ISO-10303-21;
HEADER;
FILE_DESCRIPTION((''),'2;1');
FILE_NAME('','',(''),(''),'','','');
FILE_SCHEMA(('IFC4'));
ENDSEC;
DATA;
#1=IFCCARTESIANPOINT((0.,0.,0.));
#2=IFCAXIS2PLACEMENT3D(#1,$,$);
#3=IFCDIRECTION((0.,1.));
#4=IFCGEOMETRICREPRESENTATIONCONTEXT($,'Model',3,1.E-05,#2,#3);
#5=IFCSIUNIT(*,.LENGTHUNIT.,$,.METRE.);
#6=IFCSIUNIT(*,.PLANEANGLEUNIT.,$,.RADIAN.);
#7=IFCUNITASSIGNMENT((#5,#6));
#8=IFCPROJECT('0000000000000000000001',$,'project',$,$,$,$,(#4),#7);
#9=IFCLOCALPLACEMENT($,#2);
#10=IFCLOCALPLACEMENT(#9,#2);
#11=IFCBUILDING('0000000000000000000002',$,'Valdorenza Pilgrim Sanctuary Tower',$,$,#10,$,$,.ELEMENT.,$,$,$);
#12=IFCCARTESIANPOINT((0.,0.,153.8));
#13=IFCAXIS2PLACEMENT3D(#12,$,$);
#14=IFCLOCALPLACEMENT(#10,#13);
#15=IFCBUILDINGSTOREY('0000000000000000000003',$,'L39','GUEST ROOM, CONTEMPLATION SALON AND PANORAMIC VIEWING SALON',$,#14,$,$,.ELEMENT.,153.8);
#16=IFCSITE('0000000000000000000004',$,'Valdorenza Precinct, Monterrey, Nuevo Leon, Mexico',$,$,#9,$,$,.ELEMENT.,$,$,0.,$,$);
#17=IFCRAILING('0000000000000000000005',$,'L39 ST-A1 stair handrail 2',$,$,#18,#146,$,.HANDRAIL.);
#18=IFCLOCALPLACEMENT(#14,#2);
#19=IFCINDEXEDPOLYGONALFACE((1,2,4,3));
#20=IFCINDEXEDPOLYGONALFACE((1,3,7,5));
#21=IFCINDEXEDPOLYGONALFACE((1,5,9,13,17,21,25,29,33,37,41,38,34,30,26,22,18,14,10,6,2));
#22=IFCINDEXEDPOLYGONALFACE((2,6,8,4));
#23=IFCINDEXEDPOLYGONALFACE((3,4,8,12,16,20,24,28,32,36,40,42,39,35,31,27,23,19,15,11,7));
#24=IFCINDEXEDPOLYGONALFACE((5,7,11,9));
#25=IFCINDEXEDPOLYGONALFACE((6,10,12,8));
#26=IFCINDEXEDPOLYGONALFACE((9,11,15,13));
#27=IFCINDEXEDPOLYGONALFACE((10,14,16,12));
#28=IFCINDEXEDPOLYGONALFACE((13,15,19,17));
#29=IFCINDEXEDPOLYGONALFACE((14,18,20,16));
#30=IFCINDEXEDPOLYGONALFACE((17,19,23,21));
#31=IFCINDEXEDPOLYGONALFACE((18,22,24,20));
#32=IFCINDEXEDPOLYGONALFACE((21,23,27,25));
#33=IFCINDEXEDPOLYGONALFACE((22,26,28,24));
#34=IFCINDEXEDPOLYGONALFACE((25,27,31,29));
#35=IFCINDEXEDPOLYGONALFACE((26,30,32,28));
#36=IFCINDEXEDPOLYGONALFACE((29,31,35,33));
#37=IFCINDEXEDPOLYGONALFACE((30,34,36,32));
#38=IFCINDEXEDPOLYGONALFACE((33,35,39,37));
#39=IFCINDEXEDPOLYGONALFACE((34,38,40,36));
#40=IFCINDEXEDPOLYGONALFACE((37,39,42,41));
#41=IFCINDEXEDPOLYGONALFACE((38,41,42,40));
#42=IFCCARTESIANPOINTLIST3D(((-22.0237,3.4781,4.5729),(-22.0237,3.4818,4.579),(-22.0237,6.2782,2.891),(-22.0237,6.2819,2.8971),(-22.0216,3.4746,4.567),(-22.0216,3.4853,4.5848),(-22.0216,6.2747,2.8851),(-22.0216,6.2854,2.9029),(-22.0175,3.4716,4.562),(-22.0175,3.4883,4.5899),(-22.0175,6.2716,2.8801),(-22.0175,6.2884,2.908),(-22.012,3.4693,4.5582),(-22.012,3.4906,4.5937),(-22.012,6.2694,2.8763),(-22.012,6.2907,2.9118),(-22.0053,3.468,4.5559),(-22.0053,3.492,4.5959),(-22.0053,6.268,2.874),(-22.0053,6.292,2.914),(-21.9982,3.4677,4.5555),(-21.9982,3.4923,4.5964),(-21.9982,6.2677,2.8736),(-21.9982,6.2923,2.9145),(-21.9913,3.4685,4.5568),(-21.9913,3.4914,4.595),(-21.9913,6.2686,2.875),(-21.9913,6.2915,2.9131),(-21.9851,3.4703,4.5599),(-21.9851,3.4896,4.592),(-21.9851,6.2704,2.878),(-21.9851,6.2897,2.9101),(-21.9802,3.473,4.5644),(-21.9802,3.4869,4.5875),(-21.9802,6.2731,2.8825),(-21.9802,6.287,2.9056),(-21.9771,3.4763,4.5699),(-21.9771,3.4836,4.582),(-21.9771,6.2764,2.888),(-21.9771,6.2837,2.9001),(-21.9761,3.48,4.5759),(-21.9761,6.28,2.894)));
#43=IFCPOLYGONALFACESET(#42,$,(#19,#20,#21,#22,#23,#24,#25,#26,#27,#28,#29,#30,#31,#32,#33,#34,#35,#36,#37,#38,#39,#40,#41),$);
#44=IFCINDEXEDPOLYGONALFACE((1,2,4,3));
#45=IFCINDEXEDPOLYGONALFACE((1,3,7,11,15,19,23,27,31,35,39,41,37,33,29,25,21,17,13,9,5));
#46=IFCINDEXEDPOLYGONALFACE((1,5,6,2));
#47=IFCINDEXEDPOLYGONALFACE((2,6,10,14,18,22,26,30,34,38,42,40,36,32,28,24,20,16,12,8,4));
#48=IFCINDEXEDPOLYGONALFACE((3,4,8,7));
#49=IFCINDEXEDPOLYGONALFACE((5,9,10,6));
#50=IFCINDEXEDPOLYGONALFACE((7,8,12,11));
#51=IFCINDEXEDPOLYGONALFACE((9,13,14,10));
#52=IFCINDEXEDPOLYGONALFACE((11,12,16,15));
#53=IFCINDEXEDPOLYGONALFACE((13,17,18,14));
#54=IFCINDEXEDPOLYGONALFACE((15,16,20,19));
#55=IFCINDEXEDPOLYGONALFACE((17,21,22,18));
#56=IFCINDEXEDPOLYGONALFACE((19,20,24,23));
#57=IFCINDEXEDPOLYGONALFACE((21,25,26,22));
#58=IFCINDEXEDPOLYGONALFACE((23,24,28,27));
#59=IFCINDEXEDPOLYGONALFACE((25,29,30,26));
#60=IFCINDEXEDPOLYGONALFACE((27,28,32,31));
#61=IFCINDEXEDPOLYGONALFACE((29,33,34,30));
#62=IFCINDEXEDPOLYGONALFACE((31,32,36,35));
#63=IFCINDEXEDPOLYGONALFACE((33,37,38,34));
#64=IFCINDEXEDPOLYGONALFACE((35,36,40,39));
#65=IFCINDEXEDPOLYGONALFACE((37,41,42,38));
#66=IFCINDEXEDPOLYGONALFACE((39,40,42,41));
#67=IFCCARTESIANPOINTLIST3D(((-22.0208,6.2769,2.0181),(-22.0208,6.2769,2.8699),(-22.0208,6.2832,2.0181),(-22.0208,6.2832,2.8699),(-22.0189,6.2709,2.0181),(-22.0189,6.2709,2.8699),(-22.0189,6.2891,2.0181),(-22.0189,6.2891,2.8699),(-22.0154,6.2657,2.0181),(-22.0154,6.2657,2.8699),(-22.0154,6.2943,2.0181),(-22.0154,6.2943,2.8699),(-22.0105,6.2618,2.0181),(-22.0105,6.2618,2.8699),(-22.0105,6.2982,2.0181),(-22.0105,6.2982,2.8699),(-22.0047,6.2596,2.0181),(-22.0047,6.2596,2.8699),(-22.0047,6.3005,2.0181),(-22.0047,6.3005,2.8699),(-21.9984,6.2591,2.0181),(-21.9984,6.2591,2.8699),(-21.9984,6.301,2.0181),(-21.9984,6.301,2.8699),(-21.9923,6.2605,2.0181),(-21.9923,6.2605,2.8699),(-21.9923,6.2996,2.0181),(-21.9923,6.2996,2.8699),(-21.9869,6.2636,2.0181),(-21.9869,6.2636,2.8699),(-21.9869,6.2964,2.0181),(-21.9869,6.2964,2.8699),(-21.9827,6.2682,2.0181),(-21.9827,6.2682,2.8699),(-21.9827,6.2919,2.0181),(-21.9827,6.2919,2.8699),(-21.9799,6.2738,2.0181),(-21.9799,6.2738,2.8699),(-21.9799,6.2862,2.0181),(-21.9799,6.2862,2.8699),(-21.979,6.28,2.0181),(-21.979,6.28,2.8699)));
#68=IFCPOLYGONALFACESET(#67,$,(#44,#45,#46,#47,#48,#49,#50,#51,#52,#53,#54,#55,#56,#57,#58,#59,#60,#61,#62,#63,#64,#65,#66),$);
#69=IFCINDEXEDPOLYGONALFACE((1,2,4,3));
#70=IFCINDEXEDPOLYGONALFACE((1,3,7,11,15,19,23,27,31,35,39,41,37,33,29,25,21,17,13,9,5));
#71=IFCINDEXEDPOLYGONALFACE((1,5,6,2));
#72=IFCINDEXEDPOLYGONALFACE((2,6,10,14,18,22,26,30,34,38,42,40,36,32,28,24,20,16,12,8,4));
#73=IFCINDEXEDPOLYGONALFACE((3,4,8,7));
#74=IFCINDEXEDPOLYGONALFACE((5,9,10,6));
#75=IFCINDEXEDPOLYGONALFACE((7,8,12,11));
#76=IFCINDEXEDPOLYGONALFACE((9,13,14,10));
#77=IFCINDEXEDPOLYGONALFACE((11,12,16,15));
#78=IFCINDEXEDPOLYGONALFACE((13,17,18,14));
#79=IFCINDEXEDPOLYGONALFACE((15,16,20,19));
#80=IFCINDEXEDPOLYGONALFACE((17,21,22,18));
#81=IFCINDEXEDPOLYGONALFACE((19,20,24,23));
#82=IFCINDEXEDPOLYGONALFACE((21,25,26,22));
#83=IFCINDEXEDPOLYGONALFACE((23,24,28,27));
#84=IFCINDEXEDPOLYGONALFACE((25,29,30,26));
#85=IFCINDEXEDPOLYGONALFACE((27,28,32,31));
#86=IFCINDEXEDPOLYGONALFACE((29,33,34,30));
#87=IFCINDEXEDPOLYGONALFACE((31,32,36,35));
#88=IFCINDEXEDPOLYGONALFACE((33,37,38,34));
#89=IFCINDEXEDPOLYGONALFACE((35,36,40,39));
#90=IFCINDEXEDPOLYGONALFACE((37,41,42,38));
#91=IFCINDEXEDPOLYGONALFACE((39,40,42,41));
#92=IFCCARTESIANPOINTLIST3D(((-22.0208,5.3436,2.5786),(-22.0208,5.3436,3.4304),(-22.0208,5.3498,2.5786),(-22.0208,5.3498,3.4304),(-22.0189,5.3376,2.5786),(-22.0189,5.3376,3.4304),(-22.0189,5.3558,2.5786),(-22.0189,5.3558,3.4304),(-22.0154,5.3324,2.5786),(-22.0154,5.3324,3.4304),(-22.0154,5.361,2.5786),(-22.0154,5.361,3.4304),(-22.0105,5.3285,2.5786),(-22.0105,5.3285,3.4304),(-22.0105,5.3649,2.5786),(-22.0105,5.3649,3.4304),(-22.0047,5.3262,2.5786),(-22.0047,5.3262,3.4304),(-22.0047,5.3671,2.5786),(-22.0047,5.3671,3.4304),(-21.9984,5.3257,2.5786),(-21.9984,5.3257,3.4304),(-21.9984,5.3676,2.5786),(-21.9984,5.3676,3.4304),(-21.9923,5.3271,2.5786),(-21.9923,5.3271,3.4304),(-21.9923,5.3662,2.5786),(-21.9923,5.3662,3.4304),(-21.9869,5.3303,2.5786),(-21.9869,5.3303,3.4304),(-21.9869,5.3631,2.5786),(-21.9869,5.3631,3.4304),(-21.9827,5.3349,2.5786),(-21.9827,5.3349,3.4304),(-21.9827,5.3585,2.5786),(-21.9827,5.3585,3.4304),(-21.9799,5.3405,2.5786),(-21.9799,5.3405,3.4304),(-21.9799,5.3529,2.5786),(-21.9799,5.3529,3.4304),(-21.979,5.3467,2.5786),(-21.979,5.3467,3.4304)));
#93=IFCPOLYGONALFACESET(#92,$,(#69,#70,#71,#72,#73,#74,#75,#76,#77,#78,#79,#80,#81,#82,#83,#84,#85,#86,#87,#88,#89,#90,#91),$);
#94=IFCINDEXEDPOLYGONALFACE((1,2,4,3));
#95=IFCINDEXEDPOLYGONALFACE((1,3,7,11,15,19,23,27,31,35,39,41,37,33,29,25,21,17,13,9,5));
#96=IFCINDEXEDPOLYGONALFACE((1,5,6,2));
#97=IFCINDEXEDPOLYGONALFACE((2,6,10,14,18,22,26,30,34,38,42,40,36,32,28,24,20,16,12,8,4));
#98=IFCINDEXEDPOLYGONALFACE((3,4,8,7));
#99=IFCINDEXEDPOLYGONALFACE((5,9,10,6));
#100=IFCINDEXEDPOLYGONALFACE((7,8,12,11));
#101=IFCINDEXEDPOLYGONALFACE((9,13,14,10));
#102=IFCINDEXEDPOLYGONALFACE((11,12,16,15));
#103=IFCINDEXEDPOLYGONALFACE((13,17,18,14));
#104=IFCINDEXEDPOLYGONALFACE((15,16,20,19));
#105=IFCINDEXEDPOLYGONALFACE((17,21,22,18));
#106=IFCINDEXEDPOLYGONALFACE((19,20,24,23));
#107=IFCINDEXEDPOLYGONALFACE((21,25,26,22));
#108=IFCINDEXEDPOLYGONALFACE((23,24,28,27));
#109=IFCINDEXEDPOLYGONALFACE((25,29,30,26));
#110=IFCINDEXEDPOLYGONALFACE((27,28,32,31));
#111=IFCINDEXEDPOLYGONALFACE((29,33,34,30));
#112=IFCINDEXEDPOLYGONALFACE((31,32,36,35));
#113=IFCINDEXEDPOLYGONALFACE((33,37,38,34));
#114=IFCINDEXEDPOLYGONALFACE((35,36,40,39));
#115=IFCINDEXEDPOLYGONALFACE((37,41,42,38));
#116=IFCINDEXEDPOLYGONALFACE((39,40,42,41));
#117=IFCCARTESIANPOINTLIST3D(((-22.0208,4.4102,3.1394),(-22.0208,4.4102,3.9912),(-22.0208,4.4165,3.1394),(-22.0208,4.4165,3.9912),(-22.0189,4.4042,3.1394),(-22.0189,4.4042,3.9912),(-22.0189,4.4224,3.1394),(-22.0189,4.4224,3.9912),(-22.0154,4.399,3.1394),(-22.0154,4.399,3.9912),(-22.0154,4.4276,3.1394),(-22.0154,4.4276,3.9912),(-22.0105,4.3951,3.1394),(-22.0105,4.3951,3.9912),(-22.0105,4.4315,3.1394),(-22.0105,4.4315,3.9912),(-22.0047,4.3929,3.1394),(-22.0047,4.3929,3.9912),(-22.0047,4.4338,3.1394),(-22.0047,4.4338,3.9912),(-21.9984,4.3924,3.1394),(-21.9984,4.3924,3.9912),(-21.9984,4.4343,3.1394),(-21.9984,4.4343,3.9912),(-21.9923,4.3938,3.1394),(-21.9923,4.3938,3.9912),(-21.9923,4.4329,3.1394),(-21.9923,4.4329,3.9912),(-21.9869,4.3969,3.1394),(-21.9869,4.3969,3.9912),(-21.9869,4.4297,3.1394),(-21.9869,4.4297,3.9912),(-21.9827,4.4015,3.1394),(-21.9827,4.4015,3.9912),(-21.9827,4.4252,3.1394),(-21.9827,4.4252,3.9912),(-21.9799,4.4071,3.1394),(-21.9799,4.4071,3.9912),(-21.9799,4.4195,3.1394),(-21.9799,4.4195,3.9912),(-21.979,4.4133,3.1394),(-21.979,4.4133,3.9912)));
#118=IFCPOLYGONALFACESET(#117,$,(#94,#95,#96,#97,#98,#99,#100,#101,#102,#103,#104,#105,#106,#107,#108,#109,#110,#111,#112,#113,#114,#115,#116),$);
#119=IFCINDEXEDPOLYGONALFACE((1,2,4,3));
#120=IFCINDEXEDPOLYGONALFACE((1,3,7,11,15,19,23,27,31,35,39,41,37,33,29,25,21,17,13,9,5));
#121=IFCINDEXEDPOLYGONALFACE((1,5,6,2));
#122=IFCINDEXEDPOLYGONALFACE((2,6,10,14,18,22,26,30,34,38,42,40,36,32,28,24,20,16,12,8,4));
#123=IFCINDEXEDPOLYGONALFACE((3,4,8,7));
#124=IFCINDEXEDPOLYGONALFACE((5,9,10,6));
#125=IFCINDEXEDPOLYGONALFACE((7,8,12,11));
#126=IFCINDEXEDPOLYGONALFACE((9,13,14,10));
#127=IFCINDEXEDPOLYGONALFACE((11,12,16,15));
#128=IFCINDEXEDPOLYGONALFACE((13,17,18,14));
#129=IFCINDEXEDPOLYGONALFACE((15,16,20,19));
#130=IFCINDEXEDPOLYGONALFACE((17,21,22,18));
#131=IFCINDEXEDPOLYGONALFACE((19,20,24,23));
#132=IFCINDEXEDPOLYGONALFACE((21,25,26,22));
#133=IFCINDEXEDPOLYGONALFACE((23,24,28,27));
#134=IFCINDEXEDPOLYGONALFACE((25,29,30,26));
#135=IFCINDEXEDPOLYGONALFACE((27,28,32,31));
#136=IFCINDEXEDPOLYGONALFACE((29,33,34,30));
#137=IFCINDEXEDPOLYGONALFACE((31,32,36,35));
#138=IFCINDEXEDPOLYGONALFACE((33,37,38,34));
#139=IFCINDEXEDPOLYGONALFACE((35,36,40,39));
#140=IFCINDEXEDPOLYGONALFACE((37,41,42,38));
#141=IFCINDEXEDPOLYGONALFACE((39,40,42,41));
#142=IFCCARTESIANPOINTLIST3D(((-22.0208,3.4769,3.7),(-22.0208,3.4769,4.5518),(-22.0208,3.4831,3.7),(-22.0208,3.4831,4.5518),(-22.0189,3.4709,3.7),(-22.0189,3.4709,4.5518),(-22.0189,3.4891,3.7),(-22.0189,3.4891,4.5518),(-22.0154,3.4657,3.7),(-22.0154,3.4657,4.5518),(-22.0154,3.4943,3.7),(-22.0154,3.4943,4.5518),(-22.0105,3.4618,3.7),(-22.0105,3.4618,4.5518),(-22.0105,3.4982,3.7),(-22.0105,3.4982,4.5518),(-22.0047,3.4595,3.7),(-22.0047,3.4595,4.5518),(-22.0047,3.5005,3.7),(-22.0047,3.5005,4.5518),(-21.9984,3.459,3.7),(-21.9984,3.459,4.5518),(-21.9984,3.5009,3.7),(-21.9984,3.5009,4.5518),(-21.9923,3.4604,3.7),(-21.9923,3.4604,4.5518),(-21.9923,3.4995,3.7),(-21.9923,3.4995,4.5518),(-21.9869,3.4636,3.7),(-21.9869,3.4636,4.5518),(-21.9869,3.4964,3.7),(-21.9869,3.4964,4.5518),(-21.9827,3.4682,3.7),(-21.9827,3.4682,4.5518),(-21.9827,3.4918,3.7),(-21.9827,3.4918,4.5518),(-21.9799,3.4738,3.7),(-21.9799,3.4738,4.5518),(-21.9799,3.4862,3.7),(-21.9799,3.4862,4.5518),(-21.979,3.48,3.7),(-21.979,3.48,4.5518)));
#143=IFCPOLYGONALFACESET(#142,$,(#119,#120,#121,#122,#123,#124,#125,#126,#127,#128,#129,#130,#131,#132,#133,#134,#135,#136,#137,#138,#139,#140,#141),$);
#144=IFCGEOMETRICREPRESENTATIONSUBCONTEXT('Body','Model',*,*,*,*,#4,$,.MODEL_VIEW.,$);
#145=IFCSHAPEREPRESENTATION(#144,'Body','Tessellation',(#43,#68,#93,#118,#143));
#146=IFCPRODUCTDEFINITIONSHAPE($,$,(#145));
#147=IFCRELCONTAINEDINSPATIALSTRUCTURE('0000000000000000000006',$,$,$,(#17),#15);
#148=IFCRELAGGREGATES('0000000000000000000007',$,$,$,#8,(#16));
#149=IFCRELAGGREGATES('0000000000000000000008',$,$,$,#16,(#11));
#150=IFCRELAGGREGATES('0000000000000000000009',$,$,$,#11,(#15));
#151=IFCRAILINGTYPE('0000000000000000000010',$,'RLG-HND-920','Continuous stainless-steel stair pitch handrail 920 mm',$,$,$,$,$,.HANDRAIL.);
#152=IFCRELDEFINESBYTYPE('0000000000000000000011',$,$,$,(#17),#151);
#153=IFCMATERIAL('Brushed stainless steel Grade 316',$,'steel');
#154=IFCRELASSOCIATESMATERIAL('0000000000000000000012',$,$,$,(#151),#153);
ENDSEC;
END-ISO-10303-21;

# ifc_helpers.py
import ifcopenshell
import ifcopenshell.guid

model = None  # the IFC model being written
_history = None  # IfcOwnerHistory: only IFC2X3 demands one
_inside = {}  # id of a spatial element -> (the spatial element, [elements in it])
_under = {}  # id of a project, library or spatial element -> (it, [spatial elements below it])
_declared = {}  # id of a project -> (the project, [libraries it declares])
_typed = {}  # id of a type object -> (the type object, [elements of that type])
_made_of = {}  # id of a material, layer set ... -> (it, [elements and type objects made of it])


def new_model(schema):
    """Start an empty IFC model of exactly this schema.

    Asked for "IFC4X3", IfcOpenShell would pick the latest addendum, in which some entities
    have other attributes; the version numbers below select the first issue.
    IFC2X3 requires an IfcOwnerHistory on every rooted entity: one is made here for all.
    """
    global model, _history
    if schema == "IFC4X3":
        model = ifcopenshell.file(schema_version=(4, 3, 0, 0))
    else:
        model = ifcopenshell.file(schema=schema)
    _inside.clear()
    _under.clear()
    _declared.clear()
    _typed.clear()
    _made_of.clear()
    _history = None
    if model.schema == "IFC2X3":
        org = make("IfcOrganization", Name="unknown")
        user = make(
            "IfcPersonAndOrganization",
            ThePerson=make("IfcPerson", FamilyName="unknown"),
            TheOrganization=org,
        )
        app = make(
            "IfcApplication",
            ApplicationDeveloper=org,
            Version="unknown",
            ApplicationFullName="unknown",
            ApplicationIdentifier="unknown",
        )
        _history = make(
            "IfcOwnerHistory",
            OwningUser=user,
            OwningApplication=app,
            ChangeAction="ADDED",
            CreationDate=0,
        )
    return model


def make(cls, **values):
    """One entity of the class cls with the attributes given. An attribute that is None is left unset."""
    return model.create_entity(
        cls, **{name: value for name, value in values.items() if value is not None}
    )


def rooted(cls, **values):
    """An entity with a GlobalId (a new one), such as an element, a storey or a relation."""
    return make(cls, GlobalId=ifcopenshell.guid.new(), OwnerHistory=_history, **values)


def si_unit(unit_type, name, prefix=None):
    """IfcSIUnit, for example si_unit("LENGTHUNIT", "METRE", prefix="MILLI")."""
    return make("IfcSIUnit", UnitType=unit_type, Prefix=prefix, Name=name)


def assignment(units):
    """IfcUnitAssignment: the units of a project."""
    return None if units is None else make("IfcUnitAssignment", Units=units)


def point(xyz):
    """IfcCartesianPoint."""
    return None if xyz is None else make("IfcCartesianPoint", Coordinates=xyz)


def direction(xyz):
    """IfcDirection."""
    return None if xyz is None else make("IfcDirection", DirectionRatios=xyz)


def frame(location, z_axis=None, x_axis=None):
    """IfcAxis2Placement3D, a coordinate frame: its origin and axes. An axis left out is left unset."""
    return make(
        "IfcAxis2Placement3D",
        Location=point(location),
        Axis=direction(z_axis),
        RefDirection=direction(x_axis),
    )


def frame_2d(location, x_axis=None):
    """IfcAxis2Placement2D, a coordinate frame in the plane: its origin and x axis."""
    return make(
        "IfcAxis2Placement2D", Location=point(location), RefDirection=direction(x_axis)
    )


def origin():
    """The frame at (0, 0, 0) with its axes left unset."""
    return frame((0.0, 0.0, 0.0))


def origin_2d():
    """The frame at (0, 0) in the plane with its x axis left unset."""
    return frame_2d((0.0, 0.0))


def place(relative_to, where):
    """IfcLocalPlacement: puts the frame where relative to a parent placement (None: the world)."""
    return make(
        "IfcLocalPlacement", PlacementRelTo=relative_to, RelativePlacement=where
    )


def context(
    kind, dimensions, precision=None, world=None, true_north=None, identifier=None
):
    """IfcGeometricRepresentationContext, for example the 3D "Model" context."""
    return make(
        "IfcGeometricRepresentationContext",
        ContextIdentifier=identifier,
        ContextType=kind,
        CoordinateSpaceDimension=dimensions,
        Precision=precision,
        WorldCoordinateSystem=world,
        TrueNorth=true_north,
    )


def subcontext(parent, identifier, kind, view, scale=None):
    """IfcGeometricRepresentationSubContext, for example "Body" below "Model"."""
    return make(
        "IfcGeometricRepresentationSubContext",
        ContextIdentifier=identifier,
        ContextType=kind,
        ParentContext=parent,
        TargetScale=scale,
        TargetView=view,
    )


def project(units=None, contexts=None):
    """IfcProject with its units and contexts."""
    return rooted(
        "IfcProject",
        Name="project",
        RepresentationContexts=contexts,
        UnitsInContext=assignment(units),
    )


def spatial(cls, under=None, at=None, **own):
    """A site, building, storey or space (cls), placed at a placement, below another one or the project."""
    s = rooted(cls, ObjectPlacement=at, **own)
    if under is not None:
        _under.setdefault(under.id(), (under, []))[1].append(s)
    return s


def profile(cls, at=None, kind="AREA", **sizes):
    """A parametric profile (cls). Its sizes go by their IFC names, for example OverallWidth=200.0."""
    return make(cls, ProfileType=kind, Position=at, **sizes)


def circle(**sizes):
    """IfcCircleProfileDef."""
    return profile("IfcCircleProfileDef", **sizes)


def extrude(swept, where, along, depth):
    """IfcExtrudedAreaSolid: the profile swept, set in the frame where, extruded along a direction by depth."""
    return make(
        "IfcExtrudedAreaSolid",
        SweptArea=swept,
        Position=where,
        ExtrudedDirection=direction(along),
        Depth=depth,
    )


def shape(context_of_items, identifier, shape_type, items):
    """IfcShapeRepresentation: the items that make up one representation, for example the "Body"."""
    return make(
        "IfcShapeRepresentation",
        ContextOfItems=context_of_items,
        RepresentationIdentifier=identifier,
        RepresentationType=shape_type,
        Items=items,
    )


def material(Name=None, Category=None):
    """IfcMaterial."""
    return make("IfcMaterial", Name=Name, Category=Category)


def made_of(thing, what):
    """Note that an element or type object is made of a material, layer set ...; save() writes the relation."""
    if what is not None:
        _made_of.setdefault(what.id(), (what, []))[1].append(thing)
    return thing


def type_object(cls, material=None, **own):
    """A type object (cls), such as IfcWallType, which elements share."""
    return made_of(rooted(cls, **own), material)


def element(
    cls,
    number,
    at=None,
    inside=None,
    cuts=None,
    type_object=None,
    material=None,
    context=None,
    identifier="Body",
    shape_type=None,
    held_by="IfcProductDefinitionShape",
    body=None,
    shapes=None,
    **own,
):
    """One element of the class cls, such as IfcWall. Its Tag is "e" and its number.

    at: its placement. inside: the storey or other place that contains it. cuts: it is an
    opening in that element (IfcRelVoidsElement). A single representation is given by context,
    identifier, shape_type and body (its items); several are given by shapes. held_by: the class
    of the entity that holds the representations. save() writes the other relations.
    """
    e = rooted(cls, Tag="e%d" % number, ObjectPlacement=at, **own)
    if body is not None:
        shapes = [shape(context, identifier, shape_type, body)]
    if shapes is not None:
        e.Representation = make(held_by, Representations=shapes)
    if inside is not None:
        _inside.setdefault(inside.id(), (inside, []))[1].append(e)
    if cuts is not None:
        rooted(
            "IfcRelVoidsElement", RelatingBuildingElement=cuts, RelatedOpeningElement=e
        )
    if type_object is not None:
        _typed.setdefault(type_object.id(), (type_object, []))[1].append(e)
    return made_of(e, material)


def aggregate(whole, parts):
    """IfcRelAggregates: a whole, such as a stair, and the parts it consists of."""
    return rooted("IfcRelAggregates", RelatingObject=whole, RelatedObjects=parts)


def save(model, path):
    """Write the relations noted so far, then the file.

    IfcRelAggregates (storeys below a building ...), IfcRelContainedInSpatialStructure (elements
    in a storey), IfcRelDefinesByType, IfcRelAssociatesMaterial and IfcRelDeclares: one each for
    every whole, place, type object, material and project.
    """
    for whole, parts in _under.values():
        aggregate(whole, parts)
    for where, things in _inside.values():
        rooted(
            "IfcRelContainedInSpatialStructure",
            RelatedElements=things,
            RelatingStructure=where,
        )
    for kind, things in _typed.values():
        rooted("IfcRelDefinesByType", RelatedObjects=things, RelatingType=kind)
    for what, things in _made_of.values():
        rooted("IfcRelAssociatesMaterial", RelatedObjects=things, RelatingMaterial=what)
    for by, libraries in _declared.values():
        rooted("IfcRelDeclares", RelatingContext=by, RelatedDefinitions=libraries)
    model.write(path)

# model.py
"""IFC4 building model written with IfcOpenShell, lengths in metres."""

from ifc_helpers import new_model, si_unit, direction, frame, origin, origin_2d, place, context, subcontext, project, spatial, circle, extrude, material, type_object, element, save


model = new_model("IFC4")

# Units and contexts
model_context = context("Model", 3, precision=1e-05, world=origin(), true_north=direction((0.0, 1.0)))
body_context = subcontext(model_context, "Body", "Model", "MODEL_VIEW")
ifc_project = project(units=[si_unit("LENGTHUNIT", "METRE"), si_unit("PLANEANGLEUNIT", "RADIAN")], contexts=[model_context])

# Site, building, storey
site_placement = place(None, origin())
site = spatial("IfcSite", under=ifc_project, at=site_placement, Name="Valdorenza Precinct, Monterrey, Nuevo Leon, Mexico", CompositionType="ELEMENT", RefElevation=0.0)
building_placement = place(site_placement, origin())
building = spatial("IfcBuilding", under=site, at=building_placement, Name="Valdorenza Pilgrim Sanctuary Tower", CompositionType="ELEMENT")
storey_placement = place(building_placement, frame((0.0, 0.0, 153.8)))
storey = spatial("IfcBuildingStorey", under=building, at=storey_placement, Name="L39", Description="GUEST ROOM, CONTEMPLATION SALON AND PANORAMIC VIEWING SALON", CompositionType="ELEMENT", Elevation=153.8)

# Railing
ifc_material_1 = material(Name="Brushed stainless steel Grade 316", Category="steel")
railing_type_1 = type_object("IfcRailingType", Name="RLG-HND-920", Description="Continuous stainless-steel stair pitch handrail 920 mm", PredefinedType="HANDRAIL", material=ifc_material_1)
railing_1_placement = place(storey_placement, frame((-22.0, 6.28, 2.0181)))
element("IfcRailing", 1, at=railing_1_placement, inside=storey, type_object=railing_type_1, Name="L39 ST-A1 stair handrail 2", PredefinedType="HANDRAIL", context=body_context, shape_type="SweptSolid", body=[
    extrude(circle(Radius=0.0239, at=origin_2d()), frame((0.0, 0.0, 0.876), z_axis=(0.0, -0.857242, 0.514913), x_axis=(1.0, 0.0, 0.0)), (0.0, 0.0, 1.0), 3.2664),
    extrude(circle(Radius=0.021, at=origin_2d()), origin(), (0.0, 0.0, 1.0), 0.8518),
    extrude(circle(Radius=0.021, at=origin_2d()), frame((0.0, -0.9333, 0.5605)), (0.0, 0.0, 1.0), 0.8518),
    extrude(circle(Radius=0.021, at=origin_2d()), frame((0.0, -1.8667, 1.1213)), (0.0, 0.0, 1.0), 0.8518),
    extrude(circle(Radius=0.021, at=origin_2d()), frame((0.0, -2.8, 1.6819)), (0.0, 0.0, 1.0), 0.8518),
])

save(model, "model.ifc")
